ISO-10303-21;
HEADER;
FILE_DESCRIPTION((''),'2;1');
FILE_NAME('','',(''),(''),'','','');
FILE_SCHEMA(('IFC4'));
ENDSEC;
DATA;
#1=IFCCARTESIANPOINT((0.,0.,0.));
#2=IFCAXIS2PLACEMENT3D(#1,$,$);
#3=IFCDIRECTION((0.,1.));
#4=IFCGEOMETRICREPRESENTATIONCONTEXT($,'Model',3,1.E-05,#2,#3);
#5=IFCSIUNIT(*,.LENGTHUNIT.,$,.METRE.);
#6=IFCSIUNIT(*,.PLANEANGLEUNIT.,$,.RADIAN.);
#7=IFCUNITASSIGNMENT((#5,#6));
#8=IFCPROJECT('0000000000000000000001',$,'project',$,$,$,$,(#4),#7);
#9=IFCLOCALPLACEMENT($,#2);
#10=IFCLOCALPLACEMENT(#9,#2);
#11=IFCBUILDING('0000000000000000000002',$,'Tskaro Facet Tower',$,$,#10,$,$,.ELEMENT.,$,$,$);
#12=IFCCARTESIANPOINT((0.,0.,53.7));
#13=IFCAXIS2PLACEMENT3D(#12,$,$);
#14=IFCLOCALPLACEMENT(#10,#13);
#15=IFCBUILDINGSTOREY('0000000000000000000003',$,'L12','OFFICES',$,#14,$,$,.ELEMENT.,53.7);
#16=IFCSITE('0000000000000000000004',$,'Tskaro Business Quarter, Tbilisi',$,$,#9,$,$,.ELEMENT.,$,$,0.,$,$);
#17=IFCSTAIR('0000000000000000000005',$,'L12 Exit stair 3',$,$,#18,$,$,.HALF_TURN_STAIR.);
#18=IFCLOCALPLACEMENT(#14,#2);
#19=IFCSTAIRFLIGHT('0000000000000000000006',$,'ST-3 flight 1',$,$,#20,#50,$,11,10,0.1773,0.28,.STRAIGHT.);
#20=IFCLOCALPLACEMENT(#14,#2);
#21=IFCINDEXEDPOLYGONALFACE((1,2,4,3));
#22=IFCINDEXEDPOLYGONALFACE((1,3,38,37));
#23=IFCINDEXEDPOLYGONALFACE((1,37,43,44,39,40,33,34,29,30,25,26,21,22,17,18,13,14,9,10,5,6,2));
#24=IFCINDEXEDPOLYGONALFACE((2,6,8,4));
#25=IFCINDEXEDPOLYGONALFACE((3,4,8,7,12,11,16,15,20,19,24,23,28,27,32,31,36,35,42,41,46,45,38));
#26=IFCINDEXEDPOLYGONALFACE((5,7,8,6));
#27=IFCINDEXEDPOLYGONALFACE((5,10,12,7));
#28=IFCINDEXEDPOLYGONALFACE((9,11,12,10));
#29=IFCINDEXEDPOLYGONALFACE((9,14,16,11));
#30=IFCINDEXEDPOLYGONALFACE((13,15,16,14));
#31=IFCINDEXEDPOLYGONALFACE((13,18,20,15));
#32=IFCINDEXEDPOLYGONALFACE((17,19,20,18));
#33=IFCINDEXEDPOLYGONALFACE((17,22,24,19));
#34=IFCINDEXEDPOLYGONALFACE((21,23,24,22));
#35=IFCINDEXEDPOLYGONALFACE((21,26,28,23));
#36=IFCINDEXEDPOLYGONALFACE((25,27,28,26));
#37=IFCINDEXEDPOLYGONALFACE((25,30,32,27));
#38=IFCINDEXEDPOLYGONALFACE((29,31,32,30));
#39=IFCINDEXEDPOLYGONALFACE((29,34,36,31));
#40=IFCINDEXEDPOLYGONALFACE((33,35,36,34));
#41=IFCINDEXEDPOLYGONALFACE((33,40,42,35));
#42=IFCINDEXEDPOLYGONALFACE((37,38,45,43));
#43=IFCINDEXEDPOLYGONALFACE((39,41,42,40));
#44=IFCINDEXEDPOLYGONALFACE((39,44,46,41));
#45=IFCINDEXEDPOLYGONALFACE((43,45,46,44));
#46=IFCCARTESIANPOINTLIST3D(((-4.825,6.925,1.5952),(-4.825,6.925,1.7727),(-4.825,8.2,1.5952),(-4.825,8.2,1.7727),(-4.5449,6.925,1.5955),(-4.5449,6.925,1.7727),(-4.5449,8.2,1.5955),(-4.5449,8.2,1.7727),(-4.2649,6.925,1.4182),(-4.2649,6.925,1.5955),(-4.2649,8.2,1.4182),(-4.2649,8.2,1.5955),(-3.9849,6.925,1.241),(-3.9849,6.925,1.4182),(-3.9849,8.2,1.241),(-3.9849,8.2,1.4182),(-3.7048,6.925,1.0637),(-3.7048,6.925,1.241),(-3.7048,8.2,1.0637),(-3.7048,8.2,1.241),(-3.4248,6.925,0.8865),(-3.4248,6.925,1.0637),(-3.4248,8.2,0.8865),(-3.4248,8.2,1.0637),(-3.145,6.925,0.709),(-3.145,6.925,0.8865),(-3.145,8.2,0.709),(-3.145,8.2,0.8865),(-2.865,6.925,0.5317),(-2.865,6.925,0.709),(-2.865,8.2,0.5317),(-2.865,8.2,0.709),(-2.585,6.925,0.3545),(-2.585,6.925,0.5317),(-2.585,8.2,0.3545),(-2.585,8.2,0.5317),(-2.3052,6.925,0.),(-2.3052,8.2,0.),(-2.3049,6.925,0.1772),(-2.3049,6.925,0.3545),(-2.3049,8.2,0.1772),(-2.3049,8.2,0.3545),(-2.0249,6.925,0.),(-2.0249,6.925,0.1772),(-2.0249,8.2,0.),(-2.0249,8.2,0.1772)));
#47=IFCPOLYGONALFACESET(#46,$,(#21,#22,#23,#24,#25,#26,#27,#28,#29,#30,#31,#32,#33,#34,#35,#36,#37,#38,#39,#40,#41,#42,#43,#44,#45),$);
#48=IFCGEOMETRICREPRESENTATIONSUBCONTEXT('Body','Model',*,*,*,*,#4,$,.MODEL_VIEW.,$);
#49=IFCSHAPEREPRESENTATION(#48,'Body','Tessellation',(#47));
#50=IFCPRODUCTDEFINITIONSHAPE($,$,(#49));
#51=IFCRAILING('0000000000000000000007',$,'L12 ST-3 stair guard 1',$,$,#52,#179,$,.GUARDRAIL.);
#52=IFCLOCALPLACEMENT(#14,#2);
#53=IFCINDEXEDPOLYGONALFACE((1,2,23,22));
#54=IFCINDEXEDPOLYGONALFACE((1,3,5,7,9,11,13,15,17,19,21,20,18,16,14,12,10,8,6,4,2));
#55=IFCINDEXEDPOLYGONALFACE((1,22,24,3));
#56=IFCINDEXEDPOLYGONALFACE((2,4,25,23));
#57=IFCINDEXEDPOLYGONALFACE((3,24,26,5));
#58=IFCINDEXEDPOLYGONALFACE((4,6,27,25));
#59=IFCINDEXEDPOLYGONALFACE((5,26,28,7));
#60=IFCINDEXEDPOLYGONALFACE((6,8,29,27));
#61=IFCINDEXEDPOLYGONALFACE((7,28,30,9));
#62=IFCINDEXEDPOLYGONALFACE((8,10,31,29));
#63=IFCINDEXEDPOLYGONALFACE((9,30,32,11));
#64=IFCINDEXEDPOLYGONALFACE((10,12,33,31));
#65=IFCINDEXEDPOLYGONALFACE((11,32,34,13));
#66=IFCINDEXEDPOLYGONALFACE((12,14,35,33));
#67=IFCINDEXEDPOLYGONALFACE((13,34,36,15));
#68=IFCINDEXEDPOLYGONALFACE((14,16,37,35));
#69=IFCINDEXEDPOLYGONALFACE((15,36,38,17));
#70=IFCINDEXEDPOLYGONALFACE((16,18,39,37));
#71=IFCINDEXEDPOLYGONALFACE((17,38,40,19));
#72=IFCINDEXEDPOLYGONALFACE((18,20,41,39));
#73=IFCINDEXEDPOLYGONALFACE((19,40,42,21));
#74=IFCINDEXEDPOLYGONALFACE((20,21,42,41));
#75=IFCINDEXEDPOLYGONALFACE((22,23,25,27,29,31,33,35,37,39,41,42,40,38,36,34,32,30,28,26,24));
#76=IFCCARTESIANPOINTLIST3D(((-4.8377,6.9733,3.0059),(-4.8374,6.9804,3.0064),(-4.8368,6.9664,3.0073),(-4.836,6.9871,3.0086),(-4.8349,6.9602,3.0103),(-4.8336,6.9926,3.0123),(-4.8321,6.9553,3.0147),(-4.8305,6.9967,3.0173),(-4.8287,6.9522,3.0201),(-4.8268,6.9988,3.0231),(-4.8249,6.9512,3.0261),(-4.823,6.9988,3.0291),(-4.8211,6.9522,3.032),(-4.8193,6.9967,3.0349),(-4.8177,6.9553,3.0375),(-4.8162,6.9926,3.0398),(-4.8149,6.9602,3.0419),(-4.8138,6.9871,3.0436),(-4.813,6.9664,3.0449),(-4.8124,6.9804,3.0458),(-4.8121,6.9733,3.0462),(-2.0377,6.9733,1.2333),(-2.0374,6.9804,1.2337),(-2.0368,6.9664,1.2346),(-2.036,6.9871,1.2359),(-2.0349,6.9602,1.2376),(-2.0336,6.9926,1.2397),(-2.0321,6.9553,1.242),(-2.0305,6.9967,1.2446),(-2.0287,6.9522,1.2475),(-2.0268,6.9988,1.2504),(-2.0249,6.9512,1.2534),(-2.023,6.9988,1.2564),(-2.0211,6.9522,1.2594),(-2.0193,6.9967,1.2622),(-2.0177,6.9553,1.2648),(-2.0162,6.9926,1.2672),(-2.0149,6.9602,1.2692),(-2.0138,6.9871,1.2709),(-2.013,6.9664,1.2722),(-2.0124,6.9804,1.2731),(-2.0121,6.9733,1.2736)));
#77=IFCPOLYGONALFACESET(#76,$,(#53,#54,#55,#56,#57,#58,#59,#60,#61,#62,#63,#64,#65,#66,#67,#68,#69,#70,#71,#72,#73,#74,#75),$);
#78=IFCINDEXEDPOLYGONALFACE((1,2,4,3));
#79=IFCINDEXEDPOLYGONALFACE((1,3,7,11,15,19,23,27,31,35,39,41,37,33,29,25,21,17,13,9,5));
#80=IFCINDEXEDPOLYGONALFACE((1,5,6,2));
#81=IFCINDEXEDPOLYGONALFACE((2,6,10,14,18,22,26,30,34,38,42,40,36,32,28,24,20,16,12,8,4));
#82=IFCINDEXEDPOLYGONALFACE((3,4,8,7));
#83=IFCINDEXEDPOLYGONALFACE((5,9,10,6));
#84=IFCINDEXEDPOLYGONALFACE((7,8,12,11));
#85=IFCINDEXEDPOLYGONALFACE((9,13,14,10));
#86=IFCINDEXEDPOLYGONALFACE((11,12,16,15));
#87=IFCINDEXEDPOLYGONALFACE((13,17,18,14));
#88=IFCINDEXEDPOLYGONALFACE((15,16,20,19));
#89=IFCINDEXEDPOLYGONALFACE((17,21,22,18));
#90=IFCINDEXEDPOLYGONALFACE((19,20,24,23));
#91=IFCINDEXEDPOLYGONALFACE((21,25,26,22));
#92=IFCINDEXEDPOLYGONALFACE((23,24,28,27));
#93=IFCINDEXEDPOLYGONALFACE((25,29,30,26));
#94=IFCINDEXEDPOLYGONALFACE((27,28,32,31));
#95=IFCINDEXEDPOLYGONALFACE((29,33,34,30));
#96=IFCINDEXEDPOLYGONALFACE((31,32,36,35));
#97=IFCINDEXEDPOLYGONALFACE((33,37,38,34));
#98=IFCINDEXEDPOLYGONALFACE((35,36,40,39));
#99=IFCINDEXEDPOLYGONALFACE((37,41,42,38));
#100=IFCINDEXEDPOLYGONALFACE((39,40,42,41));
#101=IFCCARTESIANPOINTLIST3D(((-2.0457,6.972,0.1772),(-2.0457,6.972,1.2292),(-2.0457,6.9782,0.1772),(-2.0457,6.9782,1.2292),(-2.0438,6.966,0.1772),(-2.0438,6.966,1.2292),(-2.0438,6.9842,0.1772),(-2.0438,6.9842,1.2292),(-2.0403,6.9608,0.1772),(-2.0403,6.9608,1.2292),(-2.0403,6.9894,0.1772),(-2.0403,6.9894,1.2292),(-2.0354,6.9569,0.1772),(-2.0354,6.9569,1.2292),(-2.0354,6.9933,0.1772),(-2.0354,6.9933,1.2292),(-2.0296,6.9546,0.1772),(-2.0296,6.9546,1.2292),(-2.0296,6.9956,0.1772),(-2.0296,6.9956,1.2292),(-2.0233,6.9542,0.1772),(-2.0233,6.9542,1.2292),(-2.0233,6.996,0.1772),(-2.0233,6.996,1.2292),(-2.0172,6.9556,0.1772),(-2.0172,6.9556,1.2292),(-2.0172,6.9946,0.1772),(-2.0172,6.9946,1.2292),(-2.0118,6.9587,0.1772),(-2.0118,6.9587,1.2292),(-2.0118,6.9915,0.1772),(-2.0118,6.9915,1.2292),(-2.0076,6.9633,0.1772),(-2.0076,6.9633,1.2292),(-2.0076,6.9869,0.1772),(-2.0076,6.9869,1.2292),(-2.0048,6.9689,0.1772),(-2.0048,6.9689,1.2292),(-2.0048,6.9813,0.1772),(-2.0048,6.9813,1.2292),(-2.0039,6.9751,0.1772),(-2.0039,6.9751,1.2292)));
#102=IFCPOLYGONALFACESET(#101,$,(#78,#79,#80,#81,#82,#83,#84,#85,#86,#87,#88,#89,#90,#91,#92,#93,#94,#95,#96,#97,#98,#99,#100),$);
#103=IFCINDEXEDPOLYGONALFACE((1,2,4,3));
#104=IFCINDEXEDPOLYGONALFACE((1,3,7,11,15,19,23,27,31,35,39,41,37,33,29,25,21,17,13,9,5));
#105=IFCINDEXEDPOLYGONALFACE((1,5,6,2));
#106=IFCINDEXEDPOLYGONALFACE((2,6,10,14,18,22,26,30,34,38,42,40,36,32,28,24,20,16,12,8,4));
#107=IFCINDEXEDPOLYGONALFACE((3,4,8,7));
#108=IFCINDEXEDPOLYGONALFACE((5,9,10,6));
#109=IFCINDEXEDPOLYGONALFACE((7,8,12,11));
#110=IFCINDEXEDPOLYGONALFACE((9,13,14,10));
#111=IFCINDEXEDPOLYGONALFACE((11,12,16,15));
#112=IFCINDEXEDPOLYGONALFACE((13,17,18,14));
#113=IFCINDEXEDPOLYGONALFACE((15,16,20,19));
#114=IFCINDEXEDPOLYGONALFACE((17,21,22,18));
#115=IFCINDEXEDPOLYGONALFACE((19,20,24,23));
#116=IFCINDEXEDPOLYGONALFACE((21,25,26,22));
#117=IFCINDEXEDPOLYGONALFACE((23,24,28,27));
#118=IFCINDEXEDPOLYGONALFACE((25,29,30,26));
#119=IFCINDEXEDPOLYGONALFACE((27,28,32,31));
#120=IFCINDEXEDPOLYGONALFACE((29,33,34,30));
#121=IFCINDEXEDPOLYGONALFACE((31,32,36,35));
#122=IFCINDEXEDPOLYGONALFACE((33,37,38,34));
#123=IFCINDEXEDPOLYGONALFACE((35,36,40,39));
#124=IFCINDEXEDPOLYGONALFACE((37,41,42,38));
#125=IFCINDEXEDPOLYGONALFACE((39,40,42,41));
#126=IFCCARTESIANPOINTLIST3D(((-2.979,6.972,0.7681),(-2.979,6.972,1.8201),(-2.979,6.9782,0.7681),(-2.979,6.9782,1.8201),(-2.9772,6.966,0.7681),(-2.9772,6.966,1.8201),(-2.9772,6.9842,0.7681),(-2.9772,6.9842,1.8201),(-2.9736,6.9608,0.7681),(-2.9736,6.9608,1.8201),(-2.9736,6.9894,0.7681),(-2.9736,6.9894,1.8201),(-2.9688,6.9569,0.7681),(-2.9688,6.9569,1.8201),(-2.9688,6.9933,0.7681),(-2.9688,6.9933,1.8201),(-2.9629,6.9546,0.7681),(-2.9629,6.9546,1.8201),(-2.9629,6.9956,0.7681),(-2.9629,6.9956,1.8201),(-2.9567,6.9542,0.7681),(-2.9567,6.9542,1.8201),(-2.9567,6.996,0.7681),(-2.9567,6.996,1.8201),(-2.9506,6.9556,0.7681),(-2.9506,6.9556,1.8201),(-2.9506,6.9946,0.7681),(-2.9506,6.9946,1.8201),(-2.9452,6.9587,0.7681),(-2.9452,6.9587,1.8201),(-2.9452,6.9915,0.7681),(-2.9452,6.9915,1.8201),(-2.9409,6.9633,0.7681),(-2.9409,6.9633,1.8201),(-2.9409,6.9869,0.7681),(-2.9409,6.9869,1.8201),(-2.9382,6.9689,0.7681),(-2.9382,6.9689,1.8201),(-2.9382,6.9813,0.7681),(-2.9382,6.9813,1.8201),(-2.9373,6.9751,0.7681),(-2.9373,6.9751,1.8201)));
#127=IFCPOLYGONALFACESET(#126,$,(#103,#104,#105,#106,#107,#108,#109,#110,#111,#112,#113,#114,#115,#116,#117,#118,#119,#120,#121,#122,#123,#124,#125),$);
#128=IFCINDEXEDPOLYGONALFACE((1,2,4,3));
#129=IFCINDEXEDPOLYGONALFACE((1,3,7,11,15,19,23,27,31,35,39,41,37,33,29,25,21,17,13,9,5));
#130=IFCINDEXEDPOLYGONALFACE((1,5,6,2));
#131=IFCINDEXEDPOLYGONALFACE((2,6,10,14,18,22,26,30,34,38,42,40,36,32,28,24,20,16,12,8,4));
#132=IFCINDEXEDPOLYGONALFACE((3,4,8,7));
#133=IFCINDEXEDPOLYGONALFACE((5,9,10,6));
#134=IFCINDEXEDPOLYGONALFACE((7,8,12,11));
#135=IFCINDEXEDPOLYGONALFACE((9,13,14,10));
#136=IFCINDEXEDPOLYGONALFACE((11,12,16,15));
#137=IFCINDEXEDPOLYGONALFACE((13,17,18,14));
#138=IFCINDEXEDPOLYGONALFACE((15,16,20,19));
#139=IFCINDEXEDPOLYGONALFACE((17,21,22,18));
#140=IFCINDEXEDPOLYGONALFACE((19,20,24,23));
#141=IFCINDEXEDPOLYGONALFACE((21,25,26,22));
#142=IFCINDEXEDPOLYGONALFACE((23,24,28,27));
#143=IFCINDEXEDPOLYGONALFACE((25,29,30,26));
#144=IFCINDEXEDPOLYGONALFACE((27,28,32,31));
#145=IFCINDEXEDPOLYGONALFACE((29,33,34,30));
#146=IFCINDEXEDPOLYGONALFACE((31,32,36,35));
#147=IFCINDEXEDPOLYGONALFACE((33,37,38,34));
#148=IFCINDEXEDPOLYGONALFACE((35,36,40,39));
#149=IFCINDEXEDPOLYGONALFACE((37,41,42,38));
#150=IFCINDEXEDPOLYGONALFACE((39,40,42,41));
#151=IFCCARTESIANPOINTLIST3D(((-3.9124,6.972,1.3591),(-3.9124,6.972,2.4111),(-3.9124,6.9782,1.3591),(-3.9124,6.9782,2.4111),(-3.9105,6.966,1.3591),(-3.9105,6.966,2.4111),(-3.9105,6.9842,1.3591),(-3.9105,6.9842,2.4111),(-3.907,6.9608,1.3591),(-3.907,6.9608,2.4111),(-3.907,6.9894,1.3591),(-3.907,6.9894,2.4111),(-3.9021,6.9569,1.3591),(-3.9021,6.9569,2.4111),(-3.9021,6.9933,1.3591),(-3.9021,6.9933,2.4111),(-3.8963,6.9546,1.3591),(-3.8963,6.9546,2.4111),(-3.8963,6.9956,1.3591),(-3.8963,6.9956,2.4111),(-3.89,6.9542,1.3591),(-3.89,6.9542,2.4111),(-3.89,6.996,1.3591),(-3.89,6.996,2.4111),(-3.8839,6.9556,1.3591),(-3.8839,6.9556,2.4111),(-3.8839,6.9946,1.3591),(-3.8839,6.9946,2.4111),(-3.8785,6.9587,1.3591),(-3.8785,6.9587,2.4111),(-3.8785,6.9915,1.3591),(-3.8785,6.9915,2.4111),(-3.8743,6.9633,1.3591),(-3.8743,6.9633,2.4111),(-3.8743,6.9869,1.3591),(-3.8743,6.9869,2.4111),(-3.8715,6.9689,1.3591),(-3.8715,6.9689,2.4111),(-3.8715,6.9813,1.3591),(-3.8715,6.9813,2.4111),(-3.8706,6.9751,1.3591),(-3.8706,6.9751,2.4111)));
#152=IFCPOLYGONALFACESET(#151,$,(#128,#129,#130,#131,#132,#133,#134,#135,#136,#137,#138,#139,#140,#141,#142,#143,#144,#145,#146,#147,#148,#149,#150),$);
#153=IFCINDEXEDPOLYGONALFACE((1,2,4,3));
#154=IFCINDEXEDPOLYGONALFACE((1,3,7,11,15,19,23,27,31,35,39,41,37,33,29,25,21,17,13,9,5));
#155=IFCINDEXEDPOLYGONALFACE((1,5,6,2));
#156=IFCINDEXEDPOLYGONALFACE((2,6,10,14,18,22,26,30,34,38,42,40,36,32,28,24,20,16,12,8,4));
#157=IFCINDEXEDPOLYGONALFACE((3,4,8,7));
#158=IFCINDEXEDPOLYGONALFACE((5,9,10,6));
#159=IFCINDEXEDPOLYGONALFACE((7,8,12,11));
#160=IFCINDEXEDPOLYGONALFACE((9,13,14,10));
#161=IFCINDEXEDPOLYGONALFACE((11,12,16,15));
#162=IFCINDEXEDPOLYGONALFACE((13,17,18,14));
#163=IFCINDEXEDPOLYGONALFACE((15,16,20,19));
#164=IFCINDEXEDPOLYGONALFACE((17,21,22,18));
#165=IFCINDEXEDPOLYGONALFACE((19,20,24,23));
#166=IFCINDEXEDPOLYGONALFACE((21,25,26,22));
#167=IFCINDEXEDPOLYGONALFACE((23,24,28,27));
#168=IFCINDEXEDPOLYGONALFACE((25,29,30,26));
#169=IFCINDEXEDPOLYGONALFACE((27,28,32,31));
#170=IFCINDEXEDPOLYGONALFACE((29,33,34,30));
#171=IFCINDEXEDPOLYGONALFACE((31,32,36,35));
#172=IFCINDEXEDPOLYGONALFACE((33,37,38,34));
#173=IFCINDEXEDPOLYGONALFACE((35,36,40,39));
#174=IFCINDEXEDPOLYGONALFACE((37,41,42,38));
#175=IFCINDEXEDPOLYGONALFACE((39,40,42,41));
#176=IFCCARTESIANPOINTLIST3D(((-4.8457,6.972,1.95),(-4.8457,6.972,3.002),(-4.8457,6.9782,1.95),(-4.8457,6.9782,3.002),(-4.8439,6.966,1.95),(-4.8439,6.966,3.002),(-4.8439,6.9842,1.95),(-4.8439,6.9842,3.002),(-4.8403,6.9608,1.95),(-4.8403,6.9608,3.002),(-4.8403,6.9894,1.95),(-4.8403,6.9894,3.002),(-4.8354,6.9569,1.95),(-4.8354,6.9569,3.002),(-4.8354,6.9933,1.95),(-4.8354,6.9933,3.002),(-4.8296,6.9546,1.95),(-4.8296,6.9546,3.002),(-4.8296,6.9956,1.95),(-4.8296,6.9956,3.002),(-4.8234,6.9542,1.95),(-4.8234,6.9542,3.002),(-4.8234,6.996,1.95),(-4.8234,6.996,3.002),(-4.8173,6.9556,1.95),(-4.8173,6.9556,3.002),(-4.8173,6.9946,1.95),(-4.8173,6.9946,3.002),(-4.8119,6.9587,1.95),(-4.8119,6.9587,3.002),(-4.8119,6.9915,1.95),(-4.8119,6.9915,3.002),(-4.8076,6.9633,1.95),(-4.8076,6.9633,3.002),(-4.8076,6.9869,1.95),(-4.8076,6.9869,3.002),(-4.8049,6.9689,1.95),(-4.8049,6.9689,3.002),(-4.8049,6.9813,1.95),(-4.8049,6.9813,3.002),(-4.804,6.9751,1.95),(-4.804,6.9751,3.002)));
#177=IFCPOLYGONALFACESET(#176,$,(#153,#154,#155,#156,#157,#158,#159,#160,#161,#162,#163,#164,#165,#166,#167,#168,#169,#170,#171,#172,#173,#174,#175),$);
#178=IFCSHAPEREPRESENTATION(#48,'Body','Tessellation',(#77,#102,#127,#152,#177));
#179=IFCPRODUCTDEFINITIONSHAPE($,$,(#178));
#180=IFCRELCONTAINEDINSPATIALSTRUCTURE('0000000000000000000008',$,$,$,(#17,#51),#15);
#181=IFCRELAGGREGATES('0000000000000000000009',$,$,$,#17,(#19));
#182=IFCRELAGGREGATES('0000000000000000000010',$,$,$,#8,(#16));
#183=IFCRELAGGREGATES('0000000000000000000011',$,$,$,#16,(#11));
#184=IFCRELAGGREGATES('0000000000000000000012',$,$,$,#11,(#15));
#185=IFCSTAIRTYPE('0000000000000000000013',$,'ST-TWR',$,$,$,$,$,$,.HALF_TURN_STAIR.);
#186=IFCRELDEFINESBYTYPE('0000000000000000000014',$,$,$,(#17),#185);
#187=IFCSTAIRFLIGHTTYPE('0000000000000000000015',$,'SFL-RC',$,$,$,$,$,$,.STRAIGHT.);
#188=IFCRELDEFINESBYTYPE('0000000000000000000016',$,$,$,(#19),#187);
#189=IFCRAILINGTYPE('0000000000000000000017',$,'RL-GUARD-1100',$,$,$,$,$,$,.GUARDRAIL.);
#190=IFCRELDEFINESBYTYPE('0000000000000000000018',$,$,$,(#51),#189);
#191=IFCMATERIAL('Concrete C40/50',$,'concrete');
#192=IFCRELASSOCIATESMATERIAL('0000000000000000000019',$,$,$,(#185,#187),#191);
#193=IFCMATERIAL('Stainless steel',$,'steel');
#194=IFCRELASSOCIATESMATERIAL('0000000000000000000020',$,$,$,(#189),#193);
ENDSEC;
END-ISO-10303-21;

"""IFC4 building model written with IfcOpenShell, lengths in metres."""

from ifc_helpers import new_model, si_unit, direction, frame, origin, origin_2d, place, context, subcontext, project, spatial, polyline, circle, outline, extrude, material, type_object, element, aggregate, save


model = new_model("IFC4")

# Units and contexts
model_context = context("Model", 3, precision=1e-05, world=origin(), true_north=direction((0.0, 1.0)))
body_context = subcontext(model_context, "Body", "Model", "MODEL_VIEW")
ifc_project = project(units=[si_unit("LENGTHUNIT", "METRE"), si_unit("PLANEANGLEUNIT", "RADIAN")], contexts=[model_context])

# Site, building, storey
site_placement = place(None, origin())
site = spatial("IfcSite", under=ifc_project, at=site_placement, Name="Tskaro Business Quarter, Tbilisi", CompositionType="ELEMENT", RefElevation=0.0)
building_placement = place(site_placement, origin())
building = spatial("IfcBuilding", under=site, at=building_placement, Name="Tskaro Facet Tower", CompositionType="ELEMENT")
storey_placement = place(building_placement, frame((0.0, 0.0, 53.7)))
storey = spatial("IfcBuildingStorey", under=building, at=storey_placement, Name="L12", Description="OFFICES", CompositionType="ELEMENT", Elevation=53.7)

# Stair
ifc_material_1 = material(Name="Concrete C40/50", Category="concrete")
stair_type = type_object("IfcStairType", Name="ST-TWR", PredefinedType="HALF_TURN_STAIR", material=ifc_material_1)
stair_placement = place(storey_placement, origin())
stair = element("IfcStair", 1, at=stair_placement, inside=storey, type_object=stair_type, Name="L12 Exit stair 3", PredefinedType="HALF_TURN_STAIR")

# Stair flight
stair_flight_type = type_object("IfcStairFlightType", Name="SFL-RC", PredefinedType="STRAIGHT", material=ifc_material_1)
stair_flight_placement = place(storey_placement, frame((-2.0249, 7.5625, 0.0), z_axis=(0.0, 0.0, 1.0), x_axis=(-1.0, 0.0, 0.0)))
stair_flight = element("IfcStairFlight", 2, at=stair_flight_placement, type_object=stair_flight_type, Name="ST-3 flight 1", NumberOfRisers=11, NumberOfTreads=10, PredefinedType="STRAIGHT", RiserHeight=0.1773, TreadLength=0.28, context=body_context, shape_type="SweptSolid", body=[
    extrude(outline(polyline([(0.0, 0.0), (0.0, 0.1772), (0.28, 0.1772), (0.28, 0.3545), (0.5601, 0.3545), (0.5601, 0.5317), (0.8401, 0.5317), (0.8401, 0.709), (1.1201, 0.709), (1.1201, 0.8865), (1.3999, 0.8865), (1.3999, 1.0637), (1.6799, 1.0637), (1.6799, 1.241), (1.96, 1.241), (1.96, 1.4182), (2.24, 1.4182), (2.24, 1.5955), (2.52, 1.5955), (2.52, 1.7727), (2.8, 1.7727), (2.8, 1.95), (2.8, 1.5952), (0.2803, 0.0), (0.0, 0.0)])), frame((0.0, 0.6375, 0.0), z_axis=(0.0, -1.0, 0.0), x_axis=(1.0, 0.0, 0.0)), (0.0, 0.0, 1.0), 1.2749),
])
aggregate(stair, [stair_flight])

# Railing
ifc_material_2 = material(Name="Stainless steel", Category="steel")
railing_type_1 = type_object("IfcRailingType", Name="RL-GUARD-1100", PredefinedType="GUARDRAIL", material=ifc_material_2)
railing_1_placement = place(storey_placement, frame((-2.0249, 6.9751, 0.1772)))
element("IfcRailing", 3, at=railing_1_placement, inside=storey, type_object=railing_type_1, Name="L12 ST-3 stair guard 1", PredefinedType="GUARDRAIL", context=body_context, shape_type="SweptSolid", body=[
    extrude(circle(Radius=0.0239, at=origin_2d()), frame((0.0, 0.0, 1.0762), z_axis=(-0.844909, 0.0, 0.53491), x_axis=(0.0, -1.0, 0.0)), (0.0, 0.0, 1.0), 3.314),
    extrude(circle(Radius=0.021, at=origin_2d()), origin(), (0.0, 0.0, 1.0), 1.052),
    extrude(circle(Radius=0.021, at=origin_2d()), frame((-0.9333, 0.0, 0.5908)), (0.0, 0.0, 1.0), 1.052),
    extrude(circle(Radius=0.021, at=origin_2d()), frame((-1.8667, 0.0, 1.1819)), (0.0, 0.0, 1.0), 1.052),
    extrude(circle(Radius=0.021, at=origin_2d()), frame((-2.8, 0.0, 1.7727)), (0.0, 0.0, 1.0), 1.052),
])

save(model, "model.ifc")
